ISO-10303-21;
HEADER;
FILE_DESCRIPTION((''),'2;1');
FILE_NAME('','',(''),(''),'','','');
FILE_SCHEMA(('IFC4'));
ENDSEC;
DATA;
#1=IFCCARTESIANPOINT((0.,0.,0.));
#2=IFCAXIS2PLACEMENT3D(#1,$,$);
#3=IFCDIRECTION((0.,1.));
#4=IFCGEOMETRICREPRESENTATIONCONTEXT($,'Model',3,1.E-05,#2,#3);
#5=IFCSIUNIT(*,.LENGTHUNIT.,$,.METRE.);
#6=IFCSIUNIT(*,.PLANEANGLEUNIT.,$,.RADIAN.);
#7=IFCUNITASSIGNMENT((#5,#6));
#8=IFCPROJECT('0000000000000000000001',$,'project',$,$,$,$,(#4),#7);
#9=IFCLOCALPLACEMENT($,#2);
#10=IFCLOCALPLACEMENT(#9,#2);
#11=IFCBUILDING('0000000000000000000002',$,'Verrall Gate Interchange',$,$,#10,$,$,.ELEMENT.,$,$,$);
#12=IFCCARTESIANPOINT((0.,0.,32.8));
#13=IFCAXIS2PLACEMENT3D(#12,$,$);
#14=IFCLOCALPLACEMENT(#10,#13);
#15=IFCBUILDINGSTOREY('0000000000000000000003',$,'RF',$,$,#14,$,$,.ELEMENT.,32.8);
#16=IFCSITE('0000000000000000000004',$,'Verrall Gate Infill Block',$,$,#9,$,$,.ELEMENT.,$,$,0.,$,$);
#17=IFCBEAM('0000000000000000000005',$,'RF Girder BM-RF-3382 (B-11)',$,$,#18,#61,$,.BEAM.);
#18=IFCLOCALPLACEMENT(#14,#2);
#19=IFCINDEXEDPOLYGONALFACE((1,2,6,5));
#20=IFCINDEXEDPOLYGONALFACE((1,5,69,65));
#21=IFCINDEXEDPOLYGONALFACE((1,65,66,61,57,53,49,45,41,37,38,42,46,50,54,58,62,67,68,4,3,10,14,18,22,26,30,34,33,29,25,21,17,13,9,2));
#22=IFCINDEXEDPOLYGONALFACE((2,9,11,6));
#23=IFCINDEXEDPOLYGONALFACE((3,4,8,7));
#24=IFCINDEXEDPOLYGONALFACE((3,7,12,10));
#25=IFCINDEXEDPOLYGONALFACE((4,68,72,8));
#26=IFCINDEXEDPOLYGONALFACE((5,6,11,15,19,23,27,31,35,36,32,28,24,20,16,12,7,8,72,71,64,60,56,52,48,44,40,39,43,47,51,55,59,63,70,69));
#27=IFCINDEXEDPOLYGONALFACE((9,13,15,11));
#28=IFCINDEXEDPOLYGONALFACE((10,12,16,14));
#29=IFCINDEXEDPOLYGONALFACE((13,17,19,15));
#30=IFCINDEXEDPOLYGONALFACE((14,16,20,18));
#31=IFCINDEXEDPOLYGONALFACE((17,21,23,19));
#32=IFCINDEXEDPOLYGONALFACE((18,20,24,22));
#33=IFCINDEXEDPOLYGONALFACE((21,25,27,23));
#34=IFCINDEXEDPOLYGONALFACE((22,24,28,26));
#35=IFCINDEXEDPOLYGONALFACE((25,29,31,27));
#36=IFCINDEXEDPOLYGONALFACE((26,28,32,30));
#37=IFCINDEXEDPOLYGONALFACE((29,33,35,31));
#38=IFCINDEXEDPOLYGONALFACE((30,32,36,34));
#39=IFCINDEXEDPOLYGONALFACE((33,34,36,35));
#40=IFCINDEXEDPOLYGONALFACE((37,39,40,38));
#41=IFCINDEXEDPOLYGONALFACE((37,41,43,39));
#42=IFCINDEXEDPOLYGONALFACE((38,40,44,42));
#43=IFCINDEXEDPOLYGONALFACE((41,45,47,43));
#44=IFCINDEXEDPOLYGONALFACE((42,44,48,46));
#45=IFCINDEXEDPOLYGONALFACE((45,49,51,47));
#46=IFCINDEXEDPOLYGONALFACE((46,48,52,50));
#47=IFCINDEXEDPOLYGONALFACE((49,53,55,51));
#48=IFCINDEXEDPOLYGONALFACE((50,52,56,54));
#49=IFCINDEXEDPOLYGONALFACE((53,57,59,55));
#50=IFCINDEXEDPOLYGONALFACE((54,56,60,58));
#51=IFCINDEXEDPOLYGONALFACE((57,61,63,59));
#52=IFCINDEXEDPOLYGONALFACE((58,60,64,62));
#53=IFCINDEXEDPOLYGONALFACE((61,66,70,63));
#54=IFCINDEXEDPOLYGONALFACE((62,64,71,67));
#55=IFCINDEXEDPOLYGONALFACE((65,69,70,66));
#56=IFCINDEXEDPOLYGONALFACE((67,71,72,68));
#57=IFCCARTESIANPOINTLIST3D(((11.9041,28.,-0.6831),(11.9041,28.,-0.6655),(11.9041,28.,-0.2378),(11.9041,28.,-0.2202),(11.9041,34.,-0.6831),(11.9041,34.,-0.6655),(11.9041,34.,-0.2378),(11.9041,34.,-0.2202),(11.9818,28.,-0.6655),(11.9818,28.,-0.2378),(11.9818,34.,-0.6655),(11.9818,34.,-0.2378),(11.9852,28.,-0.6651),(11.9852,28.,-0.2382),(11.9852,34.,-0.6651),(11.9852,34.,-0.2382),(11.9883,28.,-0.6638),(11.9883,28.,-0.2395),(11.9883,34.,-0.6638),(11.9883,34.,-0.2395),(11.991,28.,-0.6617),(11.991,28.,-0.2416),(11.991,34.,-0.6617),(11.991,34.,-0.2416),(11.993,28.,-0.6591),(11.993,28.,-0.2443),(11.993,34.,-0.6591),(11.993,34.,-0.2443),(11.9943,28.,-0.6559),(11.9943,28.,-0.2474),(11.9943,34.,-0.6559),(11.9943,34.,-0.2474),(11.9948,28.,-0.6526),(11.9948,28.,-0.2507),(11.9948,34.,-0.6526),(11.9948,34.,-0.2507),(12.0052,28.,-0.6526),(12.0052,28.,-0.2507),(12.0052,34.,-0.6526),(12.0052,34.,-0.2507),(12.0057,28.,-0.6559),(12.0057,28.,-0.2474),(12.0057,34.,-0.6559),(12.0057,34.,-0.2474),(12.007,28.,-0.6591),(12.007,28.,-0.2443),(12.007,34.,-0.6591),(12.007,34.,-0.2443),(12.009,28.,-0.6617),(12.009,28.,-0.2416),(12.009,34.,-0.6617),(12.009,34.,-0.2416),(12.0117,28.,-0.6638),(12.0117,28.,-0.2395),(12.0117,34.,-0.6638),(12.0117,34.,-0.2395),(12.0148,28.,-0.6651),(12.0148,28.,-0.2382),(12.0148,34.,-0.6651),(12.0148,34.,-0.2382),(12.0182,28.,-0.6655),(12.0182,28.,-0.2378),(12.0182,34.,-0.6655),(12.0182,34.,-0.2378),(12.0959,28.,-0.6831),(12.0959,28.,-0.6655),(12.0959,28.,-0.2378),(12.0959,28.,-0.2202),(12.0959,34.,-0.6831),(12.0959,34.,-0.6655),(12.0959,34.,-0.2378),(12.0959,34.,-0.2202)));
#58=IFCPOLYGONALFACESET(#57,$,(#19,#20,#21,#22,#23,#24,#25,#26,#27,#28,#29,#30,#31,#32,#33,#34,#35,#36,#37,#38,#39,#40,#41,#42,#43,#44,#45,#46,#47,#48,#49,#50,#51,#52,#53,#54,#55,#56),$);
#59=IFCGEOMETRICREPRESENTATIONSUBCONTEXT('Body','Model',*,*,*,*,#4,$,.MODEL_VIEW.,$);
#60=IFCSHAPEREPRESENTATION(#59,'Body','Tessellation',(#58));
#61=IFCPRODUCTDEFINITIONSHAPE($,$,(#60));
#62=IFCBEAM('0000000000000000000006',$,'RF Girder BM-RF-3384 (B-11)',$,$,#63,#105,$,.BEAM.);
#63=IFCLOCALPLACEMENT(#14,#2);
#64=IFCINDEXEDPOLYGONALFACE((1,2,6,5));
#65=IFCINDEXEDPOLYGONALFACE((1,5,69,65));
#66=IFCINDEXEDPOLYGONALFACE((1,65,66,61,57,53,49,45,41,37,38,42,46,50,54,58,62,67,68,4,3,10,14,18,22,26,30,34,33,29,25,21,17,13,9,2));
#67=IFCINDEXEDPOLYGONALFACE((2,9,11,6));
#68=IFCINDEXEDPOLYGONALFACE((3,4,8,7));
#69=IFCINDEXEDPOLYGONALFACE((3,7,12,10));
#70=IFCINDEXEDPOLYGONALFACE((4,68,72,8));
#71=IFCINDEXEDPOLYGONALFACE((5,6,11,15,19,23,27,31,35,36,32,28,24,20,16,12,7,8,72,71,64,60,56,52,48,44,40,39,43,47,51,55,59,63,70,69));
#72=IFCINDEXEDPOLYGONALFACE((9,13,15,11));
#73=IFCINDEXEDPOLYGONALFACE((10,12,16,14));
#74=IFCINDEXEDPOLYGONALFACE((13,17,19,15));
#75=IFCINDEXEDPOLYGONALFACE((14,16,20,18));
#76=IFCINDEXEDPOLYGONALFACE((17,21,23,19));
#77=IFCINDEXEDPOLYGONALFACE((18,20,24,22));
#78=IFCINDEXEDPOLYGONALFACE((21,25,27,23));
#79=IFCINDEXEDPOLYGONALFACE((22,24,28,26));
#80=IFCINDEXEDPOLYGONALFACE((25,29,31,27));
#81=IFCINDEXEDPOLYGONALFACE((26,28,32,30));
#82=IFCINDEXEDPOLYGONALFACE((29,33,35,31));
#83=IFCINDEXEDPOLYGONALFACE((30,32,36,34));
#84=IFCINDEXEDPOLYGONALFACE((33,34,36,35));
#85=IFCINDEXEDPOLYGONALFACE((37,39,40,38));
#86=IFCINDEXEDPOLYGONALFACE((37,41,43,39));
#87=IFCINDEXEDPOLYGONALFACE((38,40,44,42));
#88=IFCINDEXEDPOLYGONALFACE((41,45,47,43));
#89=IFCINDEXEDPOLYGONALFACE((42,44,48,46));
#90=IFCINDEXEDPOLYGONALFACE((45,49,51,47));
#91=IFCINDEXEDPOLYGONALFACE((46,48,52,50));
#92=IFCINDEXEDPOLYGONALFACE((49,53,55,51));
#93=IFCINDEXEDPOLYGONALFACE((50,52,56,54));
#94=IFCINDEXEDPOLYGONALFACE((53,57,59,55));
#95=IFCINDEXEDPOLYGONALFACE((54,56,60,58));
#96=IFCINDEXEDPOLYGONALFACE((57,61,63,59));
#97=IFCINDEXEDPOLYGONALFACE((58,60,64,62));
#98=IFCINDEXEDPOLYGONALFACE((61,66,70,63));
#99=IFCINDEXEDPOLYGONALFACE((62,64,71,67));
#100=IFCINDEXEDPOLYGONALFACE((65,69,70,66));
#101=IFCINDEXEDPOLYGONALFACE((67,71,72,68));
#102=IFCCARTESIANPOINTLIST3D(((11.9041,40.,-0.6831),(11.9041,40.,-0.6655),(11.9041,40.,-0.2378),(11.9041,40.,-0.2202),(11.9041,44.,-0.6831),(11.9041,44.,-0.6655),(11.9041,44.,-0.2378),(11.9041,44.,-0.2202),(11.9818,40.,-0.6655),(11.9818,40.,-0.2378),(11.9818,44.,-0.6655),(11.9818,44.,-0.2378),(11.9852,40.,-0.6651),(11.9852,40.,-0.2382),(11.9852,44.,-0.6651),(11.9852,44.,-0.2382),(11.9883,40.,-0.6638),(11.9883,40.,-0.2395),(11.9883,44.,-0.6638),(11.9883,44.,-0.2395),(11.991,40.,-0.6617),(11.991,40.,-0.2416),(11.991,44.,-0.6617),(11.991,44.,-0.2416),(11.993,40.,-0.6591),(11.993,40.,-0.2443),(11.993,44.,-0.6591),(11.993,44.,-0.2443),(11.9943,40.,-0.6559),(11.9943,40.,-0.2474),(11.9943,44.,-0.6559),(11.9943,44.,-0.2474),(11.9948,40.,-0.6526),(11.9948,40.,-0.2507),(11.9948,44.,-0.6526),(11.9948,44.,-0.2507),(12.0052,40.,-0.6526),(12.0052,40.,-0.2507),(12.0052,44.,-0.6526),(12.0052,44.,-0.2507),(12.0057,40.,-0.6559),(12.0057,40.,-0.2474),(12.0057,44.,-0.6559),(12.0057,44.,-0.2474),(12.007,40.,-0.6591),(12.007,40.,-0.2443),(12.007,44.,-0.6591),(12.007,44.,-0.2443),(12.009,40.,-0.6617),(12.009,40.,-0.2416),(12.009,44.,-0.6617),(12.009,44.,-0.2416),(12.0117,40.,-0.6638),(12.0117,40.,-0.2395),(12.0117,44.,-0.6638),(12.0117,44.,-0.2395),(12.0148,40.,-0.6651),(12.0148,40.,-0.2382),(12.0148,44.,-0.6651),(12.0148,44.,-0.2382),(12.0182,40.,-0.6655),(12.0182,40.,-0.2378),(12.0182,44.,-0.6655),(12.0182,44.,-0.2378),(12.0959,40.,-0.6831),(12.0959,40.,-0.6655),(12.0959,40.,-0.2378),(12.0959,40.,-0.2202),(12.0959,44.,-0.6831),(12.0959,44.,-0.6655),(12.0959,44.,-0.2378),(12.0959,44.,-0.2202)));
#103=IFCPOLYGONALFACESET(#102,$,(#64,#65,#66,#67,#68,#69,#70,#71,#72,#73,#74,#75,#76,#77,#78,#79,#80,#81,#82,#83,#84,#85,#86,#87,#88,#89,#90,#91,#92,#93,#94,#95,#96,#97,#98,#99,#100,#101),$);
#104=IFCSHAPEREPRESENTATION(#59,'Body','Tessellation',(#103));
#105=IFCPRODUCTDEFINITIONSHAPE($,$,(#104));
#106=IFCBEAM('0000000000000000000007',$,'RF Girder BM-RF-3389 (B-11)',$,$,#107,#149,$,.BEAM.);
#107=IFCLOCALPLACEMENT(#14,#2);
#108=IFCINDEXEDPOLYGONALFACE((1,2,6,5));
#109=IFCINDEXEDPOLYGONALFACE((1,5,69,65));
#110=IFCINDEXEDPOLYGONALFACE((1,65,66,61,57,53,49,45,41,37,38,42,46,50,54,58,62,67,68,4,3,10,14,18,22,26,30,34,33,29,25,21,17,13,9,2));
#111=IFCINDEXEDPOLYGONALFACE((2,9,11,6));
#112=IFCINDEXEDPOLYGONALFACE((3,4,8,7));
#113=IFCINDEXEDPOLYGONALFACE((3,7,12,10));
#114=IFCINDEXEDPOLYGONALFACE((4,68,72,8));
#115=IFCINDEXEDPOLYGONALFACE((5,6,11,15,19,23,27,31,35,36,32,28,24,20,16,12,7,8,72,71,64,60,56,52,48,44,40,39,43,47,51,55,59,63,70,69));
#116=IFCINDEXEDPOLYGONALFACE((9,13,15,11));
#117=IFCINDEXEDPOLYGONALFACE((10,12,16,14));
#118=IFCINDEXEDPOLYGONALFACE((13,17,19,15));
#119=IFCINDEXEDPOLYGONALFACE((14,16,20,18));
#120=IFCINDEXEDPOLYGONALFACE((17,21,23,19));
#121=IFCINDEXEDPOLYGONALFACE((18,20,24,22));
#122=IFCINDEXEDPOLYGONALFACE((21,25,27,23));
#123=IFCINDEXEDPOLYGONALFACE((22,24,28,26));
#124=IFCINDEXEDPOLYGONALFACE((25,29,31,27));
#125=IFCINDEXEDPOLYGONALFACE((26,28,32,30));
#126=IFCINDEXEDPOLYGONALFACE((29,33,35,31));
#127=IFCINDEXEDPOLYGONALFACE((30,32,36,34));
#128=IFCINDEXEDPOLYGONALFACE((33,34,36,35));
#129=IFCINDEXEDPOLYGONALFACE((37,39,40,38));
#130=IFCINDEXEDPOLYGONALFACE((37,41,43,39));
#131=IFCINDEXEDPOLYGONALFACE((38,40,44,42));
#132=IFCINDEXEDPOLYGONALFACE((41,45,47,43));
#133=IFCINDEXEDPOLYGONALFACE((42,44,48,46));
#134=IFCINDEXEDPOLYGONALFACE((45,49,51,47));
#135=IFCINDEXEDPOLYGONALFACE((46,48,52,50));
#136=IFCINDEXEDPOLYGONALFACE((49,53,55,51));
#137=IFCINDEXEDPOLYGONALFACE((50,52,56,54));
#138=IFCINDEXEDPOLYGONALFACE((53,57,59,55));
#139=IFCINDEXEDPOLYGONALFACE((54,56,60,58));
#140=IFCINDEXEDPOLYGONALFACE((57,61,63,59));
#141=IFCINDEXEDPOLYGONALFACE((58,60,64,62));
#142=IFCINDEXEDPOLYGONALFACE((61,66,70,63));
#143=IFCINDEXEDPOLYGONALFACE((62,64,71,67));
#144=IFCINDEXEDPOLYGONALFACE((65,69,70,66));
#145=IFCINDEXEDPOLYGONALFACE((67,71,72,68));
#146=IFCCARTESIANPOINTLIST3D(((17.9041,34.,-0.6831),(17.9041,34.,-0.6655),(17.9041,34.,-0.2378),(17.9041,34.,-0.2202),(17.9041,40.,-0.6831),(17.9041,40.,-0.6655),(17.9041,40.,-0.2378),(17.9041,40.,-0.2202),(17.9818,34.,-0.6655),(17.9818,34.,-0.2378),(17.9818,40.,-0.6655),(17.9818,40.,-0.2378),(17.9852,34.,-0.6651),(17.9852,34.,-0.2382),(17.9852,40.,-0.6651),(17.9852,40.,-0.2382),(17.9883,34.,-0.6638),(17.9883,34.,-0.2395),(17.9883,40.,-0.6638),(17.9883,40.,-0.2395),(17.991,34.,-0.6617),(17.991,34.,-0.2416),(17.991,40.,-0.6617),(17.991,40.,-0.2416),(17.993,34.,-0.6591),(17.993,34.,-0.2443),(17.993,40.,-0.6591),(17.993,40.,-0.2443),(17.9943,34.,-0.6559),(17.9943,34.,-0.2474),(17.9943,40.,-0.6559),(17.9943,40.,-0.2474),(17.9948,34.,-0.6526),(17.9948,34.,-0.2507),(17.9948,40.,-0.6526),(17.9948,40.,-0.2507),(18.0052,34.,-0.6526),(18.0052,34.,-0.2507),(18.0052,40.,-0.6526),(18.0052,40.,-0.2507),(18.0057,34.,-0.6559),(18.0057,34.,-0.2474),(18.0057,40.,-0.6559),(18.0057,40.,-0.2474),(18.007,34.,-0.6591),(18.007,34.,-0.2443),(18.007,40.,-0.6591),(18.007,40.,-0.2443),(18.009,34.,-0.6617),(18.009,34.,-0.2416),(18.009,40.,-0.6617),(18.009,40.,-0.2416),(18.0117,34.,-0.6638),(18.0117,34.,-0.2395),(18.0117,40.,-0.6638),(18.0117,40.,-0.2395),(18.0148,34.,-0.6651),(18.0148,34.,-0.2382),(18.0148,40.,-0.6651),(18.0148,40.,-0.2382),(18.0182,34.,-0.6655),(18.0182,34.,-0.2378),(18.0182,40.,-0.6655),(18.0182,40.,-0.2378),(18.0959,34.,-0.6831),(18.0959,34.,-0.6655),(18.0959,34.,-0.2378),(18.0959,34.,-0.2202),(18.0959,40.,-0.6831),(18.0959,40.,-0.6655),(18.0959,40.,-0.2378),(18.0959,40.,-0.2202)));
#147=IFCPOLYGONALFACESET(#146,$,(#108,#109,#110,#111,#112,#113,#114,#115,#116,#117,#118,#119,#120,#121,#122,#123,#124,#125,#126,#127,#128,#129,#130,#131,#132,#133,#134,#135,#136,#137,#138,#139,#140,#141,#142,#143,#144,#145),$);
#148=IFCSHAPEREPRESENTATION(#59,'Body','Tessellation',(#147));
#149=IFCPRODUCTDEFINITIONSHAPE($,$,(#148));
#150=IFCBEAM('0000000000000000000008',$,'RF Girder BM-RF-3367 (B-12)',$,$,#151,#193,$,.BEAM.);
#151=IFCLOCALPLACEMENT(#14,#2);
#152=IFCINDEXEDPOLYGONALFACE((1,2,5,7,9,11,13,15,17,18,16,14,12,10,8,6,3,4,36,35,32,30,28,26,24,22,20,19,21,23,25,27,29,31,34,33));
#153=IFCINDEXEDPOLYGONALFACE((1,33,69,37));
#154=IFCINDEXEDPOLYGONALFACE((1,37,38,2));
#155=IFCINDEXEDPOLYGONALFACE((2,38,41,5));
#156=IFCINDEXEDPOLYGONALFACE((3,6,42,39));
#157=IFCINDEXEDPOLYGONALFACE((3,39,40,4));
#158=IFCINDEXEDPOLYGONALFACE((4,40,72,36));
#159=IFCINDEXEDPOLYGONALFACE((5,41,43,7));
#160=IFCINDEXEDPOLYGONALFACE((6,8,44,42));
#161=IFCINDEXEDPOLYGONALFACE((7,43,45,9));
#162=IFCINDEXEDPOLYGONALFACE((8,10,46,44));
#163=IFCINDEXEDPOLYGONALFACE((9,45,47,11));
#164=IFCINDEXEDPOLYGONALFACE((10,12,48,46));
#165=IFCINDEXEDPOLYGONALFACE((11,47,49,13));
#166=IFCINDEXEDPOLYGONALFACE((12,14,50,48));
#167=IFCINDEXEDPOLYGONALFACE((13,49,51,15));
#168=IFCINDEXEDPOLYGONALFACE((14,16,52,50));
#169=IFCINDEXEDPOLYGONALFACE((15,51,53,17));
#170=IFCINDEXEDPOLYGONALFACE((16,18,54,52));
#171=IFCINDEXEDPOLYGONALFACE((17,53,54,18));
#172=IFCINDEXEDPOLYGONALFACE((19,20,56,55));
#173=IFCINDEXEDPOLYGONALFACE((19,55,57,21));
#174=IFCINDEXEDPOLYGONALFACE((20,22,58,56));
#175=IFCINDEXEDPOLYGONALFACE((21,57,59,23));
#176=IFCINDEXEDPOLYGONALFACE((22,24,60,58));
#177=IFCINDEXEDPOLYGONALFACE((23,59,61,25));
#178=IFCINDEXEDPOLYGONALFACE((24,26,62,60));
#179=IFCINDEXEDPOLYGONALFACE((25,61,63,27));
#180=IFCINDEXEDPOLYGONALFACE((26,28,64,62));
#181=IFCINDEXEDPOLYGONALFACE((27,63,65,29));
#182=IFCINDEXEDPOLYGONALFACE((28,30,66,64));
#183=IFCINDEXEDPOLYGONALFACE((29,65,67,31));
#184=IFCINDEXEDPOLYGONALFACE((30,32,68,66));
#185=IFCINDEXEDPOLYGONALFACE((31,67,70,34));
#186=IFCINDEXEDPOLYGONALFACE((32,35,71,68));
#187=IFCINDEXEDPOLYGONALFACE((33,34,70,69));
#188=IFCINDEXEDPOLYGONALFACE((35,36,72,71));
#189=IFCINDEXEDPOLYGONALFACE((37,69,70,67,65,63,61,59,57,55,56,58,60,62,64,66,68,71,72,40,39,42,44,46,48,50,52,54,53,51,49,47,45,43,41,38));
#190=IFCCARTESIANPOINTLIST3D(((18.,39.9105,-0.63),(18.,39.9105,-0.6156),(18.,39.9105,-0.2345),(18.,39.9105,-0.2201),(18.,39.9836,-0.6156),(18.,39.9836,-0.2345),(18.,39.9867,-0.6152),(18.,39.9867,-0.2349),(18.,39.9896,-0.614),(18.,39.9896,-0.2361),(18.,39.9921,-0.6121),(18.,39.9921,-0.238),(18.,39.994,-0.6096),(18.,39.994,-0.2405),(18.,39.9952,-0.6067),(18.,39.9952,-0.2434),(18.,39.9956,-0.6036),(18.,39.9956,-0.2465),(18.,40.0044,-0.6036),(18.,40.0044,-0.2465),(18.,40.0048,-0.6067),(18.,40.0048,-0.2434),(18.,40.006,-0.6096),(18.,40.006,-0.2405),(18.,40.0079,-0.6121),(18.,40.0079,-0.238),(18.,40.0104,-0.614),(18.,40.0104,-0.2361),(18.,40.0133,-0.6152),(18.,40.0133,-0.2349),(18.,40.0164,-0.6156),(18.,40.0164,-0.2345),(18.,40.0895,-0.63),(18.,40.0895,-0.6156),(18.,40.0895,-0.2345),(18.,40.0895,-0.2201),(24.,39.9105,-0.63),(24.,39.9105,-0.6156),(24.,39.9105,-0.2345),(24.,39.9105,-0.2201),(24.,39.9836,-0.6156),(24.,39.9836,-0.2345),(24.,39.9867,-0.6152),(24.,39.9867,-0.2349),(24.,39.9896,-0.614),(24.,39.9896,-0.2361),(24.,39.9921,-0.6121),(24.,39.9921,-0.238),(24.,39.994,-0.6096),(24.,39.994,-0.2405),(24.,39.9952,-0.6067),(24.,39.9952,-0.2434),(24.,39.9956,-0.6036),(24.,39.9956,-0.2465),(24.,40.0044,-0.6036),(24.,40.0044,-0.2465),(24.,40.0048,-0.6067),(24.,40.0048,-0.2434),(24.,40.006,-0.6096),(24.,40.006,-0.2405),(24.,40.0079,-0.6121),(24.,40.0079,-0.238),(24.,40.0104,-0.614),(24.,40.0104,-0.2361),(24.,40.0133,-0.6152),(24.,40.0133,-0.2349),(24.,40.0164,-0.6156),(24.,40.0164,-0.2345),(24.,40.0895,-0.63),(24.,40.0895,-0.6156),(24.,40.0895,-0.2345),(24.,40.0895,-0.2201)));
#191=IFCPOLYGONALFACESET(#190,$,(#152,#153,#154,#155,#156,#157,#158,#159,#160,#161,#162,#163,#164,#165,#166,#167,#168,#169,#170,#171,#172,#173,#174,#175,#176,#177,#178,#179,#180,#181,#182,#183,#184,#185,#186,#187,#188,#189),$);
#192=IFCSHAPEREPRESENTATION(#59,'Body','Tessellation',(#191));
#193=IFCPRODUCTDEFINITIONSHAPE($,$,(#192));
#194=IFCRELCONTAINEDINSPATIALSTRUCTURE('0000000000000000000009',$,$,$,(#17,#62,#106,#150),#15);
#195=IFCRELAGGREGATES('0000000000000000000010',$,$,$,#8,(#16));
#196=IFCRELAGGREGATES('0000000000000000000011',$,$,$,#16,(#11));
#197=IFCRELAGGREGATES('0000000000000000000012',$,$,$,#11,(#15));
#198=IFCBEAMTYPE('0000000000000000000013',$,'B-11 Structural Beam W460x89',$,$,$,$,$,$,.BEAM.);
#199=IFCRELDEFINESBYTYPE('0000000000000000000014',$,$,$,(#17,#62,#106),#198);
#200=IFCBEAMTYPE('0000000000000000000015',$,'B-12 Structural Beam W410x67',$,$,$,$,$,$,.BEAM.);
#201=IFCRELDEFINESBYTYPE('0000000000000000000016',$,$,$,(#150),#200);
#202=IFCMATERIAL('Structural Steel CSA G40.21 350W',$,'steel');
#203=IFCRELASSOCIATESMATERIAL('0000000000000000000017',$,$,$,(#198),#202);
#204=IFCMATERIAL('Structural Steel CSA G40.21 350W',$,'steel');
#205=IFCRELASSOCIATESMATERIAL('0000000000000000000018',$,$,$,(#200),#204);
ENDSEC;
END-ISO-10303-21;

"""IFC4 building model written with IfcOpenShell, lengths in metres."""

from ifc_helpers import new_model, si_unit, direction, frame, origin, origin_2d, place, context, subcontext, project, spatial, i_section, extrude, material, material_profile, profile_set, type_object, element, save


model = new_model("IFC4")

# Units and contexts
model_context = context("Model", 3, precision=1e-05, world=origin(), true_north=direction((0.0, 1.0)))
body_context = subcontext(model_context, "Body", "Model", "MODEL_VIEW")
ifc_project = project(units=[si_unit("LENGTHUNIT", "METRE"), si_unit("PLANEANGLEUNIT", "RADIAN")], contexts=[model_context])

# Site, building, storey
site_placement = place(None, origin())
site = spatial("IfcSite", under=ifc_project, at=site_placement, Name="Verrall Gate Infill Block", CompositionType="ELEMENT", RefElevation=0.0)
building_placement = place(site_placement, origin())
building = spatial("IfcBuilding", under=site, at=building_placement, Name="Verrall Gate Interchange", CompositionType="ELEMENT")
storey_placement = place(building_placement, frame((0.0, 0.0, 32.8)))
storey = spatial("IfcBuildingStorey", under=building, at=storey_placement, Name="RF", CompositionType="ELEMENT", Elevation=32.8)

# Beams
ifc_material_1 = material(Name="Structural Steel CSA G40.21 350W", Category="steel")
ifc_material_profile_1 = material_profile(ifc_material_1, i_section(OverallWidth=0.1919, OverallDepth=0.4629, WebThickness=0.0105, FlangeThickness=0.0176, FilletRadius=0.0129, at=origin_2d()), Name="W460x89")
ifc_profile_set_1 = profile_set([ifc_material_profile_1], Name="Structural Steel CSA G40.21 350W")
beam_type_1 = type_object("IfcBeamType", Name="B-11 Structural Beam W460x89", PredefinedType="BEAM", material=ifc_profile_set_1)
for number, where, z_axis, x_axis, name in (
    (1, (12.0, 28.0, -0.4517), (0.0, 1.0, 0.0), (-1.0, 0.0, 0.0), "RF Girder BM-RF-3382 (B-11)"),
):
    element("IfcBeam", number, at=place(storey_placement, frame(where, z_axis=z_axis, x_axis=x_axis)), inside=storey, type_object=beam_type_1, Name=name, PredefinedType="BEAM", context=body_context, shape_type="SweptSolid", body=[
        extrude(i_section(OverallWidth=0.1919, OverallDepth=0.4629, WebThickness=0.0105, FlangeThickness=0.0176, FilletRadius=0.0129, at=origin_2d()), origin(), (0.0, 0.0, 1.0), 6.0),
    ])
beam_1_placement = place(storey_placement, frame((12.0, 40.0, -0.4517), z_axis=(0.0, 1.0, 0.0), x_axis=(-1.0, 0.0, 0.0)))
element("IfcBeam", 2, at=beam_1_placement, inside=storey, type_object=beam_type_1, Name="RF Girder BM-RF-3384 (B-11)", PredefinedType="BEAM", context=body_context, shape_type="SweptSolid", body=[
    extrude(i_section(OverallWidth=0.1919, OverallDepth=0.4629, WebThickness=0.0105, FlangeThickness=0.0176, FilletRadius=0.0129, at=origin_2d()), origin(), (0.0, 0.0, 1.0), 4.0),
])
beam_2_placement = place(storey_placement, frame((18.0, 34.0, -0.4517), z_axis=(0.0, 1.0, 0.0), x_axis=(-1.0, 0.0, 0.0)))
element("IfcBeam", 3, at=beam_2_placement, inside=storey, type_object=beam_type_1, Name="RF Girder BM-RF-3389 (B-11)", PredefinedType="BEAM", context=body_context, shape_type="SweptSolid", body=[
    extrude(i_section(OverallWidth=0.1919, OverallDepth=0.4629, WebThickness=0.0105, FlangeThickness=0.0176, FilletRadius=0.0129, at=origin_2d()), origin(), (0.0, 0.0, 1.0), 6.0),
])
ifc_material_2 = material(Name="Structural Steel CSA G40.21 350W", Category="steel")
ifc_material_profile_2 = material_profile(ifc_material_2, i_section(OverallWidth=0.179, OverallDepth=0.4099, WebThickness=0.0088, FlangeThickness=0.0144, FilletRadius=0.012, at=origin_2d()), Name="W410x67")
ifc_profile_set_2 = profile_set([ifc_material_profile_2], Name="Structural Steel CSA G40.21 350W")
beam_type_2 = type_object("IfcBeamType", Name="B-12 Structural Beam W410x67", PredefinedType="BEAM", material=ifc_profile_set_2)
beam_3_placement = place(storey_placement, frame((18.0, 40.0, -0.425), z_axis=(1.0, 0.0, 0.0), x_axis=(0.0, 1.0, 0.0)))
element("IfcBeam", 4, at=beam_3_placement, inside=storey, type_object=beam_type_2, Name="RF Girder BM-RF-3367 (B-12)", PredefinedType="BEAM", context=body_context, shape_type="SweptSolid", body=[
    extrude(i_section(OverallWidth=0.179, OverallDepth=0.4099, WebThickness=0.0088, FlangeThickness=0.0144, FilletRadius=0.012, at=origin_2d()), origin(), (0.0, 0.0, 1.0), 6.0),
])

save(model, "model.ifc")
